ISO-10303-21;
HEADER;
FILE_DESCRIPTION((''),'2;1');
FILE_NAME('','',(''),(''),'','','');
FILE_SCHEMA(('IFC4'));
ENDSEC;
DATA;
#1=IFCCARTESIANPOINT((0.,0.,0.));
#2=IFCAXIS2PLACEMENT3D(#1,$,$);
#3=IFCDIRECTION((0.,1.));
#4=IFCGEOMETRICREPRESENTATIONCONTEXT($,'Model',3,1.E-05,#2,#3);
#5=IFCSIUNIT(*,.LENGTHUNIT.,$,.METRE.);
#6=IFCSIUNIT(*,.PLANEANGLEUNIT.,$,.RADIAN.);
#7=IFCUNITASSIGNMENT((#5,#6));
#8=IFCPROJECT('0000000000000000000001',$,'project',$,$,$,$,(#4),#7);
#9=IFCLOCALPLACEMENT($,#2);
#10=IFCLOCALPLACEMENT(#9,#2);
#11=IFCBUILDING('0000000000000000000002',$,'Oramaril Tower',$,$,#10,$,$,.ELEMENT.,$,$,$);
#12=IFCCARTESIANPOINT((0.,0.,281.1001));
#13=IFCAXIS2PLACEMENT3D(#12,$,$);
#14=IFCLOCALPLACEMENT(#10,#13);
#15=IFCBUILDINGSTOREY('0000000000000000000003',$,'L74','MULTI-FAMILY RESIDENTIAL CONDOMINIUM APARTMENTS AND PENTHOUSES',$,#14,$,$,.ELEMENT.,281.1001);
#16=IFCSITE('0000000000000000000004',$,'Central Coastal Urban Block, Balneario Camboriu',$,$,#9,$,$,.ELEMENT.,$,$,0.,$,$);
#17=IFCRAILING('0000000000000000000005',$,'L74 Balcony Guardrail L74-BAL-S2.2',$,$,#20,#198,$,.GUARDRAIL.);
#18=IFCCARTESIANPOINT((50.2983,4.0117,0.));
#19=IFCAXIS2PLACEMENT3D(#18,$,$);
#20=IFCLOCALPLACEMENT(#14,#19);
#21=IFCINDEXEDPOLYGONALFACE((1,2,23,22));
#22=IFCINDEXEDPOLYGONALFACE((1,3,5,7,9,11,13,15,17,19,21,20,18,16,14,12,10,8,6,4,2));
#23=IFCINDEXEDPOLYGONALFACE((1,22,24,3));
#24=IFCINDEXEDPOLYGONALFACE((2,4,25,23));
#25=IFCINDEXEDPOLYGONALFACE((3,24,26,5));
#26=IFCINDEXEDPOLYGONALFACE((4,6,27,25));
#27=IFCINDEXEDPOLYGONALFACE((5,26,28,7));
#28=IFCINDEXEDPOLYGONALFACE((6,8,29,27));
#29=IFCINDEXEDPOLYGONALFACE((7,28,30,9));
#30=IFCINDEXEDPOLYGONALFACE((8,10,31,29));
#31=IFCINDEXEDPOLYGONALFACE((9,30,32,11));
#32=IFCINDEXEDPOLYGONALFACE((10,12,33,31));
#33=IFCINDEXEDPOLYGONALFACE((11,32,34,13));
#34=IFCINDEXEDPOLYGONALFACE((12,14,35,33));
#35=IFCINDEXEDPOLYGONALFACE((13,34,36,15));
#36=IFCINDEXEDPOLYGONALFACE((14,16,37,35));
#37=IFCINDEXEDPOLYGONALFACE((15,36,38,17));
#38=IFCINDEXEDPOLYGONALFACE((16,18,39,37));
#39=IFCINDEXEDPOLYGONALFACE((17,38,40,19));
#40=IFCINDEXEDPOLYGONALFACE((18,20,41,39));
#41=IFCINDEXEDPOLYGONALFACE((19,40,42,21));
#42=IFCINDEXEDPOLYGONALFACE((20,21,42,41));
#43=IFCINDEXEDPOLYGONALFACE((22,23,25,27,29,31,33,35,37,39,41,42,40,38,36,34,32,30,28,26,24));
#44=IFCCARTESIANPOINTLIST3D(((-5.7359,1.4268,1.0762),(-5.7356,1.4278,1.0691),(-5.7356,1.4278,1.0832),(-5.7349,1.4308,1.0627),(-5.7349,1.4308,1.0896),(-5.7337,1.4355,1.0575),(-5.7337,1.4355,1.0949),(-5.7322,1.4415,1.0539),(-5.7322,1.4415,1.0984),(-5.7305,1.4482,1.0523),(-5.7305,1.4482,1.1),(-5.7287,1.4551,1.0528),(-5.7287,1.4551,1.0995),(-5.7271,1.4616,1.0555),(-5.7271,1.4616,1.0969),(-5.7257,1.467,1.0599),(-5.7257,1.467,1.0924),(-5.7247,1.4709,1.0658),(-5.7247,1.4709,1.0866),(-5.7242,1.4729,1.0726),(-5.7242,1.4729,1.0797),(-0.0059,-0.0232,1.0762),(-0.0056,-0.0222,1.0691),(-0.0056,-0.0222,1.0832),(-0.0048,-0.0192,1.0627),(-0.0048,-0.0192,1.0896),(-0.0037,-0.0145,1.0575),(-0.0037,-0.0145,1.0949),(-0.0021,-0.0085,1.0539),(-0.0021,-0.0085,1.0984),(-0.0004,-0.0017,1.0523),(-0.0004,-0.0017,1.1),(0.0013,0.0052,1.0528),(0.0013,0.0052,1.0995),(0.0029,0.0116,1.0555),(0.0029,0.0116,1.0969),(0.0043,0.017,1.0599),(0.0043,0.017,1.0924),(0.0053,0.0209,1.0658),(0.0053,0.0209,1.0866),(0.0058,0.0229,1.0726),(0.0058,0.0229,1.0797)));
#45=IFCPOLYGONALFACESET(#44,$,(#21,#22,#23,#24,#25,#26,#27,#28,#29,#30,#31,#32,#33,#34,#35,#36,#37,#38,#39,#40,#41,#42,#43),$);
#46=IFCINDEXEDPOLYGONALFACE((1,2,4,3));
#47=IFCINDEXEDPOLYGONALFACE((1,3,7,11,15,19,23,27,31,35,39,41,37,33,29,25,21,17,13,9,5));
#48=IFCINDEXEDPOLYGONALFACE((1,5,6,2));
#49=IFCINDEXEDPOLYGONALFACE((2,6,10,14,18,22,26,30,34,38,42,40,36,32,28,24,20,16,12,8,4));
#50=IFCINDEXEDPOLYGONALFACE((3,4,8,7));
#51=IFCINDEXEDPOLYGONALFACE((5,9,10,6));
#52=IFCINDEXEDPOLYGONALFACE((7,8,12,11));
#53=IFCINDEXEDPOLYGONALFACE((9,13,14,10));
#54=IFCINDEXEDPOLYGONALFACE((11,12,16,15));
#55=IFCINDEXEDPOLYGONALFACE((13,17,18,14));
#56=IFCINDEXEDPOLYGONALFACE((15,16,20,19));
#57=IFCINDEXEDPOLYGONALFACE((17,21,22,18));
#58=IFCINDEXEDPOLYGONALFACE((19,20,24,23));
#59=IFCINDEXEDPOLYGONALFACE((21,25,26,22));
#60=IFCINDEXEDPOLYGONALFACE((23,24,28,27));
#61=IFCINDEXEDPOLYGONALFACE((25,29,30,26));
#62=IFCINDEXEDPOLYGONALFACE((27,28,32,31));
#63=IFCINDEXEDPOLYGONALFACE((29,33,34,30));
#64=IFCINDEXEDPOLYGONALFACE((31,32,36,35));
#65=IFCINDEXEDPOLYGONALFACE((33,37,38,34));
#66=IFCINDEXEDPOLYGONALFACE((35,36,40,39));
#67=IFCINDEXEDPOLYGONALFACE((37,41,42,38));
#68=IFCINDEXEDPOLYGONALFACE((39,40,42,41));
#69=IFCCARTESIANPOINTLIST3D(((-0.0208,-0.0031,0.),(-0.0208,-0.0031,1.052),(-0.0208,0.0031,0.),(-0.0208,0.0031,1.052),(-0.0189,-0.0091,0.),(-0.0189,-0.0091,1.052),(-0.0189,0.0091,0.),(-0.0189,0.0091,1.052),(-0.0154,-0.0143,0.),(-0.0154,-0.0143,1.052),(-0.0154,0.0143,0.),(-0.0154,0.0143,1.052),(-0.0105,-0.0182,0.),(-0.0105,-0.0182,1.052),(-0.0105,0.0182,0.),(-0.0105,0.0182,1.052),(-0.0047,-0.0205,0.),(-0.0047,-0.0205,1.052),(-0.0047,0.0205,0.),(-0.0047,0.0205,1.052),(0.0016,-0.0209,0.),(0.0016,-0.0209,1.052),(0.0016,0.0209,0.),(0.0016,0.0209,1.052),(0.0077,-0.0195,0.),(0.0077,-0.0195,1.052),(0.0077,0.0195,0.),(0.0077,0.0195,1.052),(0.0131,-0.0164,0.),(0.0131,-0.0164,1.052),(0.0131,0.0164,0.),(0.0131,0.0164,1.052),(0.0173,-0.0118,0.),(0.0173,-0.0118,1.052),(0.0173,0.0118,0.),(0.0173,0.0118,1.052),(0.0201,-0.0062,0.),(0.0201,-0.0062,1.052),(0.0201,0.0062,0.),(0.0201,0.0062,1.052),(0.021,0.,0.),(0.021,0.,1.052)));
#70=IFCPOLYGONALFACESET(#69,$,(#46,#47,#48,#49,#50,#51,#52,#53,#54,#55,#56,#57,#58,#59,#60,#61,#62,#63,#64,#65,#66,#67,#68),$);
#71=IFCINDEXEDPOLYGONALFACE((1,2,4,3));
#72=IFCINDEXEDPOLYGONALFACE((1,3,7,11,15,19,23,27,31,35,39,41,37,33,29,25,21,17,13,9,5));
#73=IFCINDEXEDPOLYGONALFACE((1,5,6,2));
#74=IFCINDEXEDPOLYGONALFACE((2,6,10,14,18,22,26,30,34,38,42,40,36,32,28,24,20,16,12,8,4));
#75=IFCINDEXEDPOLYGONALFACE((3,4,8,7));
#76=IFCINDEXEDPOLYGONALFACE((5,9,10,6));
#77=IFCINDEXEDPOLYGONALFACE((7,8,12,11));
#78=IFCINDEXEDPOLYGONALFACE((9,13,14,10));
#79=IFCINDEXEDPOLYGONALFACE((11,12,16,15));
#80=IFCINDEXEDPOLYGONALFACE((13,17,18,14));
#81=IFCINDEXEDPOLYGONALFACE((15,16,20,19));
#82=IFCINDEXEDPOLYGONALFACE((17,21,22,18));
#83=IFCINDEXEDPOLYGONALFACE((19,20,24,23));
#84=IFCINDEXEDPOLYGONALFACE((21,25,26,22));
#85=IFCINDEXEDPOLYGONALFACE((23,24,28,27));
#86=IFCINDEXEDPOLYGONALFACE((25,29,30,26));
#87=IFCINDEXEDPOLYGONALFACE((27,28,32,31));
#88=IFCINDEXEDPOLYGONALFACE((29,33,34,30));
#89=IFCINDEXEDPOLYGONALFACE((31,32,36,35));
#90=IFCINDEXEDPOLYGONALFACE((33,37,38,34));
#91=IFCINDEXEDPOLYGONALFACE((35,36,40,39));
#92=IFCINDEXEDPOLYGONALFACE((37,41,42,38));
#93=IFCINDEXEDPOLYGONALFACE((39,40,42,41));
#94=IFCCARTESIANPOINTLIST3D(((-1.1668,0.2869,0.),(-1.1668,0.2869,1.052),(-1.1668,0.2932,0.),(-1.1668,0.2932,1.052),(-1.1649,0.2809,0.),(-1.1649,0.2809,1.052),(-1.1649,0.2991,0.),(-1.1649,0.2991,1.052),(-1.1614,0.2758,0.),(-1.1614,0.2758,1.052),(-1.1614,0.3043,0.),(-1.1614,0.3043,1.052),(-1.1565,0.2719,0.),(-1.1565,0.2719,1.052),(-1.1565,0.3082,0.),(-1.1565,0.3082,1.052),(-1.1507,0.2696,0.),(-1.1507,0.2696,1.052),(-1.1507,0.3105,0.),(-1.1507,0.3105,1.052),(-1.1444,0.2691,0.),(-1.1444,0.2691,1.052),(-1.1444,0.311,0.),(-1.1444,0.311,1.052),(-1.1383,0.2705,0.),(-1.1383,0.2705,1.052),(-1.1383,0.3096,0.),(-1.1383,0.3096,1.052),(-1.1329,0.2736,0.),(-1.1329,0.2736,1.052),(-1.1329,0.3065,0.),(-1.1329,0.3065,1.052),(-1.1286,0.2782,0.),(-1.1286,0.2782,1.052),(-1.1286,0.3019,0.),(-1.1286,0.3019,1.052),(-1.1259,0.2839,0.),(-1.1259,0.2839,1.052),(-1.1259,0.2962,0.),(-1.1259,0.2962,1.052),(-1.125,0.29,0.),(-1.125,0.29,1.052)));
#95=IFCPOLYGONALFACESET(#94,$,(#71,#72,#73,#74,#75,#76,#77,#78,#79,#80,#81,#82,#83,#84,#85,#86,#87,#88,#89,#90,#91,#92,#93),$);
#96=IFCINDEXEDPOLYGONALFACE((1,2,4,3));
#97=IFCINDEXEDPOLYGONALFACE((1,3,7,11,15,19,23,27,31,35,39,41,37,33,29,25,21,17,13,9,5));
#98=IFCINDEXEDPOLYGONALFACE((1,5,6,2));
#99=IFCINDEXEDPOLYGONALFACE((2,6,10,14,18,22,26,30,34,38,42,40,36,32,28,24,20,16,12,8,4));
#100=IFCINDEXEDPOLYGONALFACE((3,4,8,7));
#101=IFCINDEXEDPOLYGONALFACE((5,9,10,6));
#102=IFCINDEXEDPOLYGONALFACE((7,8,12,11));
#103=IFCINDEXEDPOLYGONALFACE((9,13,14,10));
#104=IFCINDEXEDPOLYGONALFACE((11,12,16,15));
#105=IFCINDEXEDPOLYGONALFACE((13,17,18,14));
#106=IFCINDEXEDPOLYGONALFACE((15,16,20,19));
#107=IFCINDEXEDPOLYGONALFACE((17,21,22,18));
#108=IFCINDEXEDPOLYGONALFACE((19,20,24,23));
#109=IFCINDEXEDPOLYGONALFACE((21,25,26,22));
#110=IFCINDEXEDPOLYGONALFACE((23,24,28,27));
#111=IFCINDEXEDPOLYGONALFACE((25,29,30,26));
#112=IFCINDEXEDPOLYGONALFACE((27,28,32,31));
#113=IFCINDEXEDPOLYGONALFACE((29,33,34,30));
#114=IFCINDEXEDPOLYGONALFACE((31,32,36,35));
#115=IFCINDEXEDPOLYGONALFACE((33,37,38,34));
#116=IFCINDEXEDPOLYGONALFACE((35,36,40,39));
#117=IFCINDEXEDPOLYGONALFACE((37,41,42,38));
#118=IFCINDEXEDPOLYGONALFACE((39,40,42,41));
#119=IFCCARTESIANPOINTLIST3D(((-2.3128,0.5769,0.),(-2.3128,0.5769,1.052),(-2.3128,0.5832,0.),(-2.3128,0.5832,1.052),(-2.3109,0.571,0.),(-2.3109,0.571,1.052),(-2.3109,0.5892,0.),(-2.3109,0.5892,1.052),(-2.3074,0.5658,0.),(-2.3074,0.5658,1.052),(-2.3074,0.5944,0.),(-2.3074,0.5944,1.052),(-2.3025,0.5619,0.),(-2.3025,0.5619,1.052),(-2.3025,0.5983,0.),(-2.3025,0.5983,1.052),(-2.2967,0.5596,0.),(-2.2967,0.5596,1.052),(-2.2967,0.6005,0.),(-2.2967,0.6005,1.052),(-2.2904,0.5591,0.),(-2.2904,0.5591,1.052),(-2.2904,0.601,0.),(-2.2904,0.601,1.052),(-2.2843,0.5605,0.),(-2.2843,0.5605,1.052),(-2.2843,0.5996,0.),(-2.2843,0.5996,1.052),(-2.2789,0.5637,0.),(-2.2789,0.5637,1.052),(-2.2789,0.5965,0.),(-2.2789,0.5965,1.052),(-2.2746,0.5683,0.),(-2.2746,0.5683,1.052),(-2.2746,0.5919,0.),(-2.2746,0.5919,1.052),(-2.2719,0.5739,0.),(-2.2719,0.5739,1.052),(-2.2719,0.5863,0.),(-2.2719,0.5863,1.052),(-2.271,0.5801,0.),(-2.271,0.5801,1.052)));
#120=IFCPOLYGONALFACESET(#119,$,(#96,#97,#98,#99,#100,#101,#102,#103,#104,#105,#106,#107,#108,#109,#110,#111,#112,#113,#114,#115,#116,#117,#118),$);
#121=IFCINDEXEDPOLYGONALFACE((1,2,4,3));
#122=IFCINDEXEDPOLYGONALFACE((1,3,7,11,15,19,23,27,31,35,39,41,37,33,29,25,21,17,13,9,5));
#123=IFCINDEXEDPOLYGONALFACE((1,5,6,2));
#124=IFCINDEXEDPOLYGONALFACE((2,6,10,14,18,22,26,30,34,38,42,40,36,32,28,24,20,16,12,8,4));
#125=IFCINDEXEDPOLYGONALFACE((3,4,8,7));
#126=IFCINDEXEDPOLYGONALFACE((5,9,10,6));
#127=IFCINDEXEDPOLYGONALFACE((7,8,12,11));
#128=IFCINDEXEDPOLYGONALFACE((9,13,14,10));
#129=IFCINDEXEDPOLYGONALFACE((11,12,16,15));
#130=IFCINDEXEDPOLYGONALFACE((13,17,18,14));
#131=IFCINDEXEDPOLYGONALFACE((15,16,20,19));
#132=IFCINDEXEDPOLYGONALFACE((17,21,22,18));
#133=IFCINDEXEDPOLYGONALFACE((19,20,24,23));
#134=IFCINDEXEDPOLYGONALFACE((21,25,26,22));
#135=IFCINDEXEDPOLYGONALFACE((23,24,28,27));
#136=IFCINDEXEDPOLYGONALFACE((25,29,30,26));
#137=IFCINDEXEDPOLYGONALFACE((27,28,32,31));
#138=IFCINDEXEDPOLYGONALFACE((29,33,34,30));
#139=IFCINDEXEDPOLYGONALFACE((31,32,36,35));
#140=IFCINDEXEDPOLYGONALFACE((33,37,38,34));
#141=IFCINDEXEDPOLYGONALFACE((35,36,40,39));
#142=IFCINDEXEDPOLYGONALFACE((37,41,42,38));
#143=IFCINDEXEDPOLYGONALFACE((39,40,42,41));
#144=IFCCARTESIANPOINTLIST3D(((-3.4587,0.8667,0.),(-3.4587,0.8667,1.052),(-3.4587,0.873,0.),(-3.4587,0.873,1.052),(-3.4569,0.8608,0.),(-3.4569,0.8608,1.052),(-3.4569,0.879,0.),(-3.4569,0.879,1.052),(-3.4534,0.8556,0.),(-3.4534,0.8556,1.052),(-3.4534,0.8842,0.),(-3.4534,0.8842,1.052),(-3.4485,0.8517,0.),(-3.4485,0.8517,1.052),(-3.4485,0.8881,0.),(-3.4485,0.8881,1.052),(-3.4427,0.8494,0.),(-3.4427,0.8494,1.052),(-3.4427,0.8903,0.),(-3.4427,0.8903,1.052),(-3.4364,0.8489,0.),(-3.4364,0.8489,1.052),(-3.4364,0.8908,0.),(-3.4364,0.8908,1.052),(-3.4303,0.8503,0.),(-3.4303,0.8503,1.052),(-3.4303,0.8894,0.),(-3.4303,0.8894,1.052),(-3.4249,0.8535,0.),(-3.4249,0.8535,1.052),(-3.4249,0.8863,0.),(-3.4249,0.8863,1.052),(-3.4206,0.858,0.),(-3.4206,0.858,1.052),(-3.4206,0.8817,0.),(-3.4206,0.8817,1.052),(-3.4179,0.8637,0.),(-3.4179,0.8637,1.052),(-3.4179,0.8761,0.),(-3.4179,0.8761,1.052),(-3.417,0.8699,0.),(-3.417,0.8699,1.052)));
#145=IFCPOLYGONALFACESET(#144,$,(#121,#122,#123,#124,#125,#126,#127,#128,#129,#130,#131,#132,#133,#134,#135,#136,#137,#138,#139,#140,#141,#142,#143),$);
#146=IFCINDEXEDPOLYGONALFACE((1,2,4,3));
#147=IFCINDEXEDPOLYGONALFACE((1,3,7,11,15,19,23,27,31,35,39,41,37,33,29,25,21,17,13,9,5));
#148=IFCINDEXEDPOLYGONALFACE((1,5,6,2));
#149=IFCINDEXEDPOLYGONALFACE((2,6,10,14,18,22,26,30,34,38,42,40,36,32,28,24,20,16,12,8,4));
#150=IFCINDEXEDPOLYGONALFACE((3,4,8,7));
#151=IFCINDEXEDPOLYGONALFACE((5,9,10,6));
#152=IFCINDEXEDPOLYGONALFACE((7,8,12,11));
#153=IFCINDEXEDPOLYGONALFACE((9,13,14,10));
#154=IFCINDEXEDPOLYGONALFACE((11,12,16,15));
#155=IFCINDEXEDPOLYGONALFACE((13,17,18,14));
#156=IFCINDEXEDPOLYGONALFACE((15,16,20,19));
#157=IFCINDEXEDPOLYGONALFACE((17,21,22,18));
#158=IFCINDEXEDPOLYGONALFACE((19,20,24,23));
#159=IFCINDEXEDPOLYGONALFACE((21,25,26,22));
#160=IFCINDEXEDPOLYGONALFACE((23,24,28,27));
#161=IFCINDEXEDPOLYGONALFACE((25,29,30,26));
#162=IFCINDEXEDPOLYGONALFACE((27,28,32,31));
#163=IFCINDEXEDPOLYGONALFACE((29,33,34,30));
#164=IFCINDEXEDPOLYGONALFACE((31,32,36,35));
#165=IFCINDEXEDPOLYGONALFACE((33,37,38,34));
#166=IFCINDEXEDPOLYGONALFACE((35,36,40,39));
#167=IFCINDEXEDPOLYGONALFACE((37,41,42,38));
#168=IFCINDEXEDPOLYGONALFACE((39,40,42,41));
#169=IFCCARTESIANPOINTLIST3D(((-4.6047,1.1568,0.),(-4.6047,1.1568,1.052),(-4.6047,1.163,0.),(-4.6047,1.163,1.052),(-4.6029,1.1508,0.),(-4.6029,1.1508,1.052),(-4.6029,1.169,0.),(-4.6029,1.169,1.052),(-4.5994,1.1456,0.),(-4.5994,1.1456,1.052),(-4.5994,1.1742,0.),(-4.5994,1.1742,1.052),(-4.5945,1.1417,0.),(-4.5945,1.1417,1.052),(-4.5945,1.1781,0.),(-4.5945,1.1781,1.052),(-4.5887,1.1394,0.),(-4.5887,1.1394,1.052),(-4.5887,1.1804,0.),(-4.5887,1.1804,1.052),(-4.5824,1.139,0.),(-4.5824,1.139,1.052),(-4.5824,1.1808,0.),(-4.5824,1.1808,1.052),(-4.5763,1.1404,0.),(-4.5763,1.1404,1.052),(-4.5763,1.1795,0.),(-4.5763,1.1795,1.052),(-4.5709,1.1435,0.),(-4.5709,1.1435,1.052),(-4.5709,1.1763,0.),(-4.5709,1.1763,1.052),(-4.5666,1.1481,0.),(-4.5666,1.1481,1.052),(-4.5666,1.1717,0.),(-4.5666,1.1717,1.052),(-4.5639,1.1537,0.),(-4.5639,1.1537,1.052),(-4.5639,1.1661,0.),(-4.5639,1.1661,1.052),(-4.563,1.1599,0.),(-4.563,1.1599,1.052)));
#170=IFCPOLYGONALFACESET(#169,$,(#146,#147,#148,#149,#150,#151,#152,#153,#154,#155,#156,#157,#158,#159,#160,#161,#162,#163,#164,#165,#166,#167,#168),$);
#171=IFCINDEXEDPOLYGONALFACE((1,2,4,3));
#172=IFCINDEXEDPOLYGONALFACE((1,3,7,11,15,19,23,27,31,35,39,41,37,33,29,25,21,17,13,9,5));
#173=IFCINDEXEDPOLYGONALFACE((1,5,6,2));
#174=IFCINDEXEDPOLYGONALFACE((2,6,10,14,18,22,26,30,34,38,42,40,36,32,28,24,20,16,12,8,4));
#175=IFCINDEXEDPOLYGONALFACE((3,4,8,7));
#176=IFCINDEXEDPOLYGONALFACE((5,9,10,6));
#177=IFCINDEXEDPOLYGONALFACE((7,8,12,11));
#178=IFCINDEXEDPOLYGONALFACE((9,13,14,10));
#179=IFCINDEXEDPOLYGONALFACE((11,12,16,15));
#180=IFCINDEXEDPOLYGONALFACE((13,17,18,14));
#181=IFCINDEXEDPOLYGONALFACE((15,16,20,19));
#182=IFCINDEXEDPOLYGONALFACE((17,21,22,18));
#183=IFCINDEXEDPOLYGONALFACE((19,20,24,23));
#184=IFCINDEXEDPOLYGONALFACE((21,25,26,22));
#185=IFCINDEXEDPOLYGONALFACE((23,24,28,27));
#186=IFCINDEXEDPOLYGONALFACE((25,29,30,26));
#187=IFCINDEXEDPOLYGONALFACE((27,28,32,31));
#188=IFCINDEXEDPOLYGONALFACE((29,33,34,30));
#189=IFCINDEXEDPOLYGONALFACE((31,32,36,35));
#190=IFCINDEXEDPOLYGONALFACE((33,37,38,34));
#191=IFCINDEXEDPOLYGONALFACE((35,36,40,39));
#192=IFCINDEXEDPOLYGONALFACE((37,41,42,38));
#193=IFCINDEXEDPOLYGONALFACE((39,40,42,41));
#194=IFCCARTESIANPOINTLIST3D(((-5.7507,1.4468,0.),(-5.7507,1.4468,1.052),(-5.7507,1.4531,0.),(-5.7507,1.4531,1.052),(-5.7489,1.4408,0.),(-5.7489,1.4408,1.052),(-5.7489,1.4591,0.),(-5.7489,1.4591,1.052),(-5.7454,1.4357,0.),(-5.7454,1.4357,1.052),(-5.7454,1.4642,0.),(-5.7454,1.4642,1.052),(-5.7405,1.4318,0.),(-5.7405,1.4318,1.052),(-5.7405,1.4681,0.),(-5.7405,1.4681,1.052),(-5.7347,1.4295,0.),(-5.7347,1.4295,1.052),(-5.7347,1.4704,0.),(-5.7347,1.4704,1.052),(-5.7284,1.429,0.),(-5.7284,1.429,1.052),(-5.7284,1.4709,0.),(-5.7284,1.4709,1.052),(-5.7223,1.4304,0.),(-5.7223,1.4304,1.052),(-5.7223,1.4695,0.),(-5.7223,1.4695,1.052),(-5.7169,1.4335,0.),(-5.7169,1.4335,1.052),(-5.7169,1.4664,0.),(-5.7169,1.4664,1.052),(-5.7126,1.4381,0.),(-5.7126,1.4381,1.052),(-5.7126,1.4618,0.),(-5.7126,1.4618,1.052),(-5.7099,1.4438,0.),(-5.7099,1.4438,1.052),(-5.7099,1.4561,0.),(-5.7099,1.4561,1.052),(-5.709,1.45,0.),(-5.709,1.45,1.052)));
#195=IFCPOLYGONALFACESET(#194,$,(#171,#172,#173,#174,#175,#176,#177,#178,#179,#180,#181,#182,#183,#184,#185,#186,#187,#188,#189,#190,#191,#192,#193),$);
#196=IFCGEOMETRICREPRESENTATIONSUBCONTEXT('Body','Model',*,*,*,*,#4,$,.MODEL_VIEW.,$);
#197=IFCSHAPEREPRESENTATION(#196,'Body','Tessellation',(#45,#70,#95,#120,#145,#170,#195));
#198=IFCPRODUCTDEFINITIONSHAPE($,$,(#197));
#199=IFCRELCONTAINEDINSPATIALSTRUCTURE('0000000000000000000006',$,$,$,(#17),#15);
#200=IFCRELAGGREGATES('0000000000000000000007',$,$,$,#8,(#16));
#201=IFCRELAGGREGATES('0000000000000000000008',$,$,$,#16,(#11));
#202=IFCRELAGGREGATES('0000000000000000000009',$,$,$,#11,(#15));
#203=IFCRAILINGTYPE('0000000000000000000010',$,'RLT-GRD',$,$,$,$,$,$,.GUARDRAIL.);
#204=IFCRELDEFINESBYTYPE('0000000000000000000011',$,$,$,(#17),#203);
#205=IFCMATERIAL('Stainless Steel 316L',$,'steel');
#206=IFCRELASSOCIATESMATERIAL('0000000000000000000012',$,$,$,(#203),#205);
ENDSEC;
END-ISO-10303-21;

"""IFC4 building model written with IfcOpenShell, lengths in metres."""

from ifc_helpers import new_model, si_unit, direction, frame, origin, origin_2d, place, context, subcontext, project, spatial, circle, extrude, material, type_object, element, save


model = new_model("IFC4")

# Units and contexts
model_context = context("Model", 3, precision=1e-05, world=origin(), true_north=direction((0.0, 1.0)))
body_context = subcontext(model_context, "Body", "Model", "MODEL_VIEW")
ifc_project = project(units=[si_unit("LENGTHUNIT", "METRE"), si_unit("PLANEANGLEUNIT", "RADIAN")], contexts=[model_context])

# Site, building, storey
site_placement = place(None, origin())
site = spatial("IfcSite", under=ifc_project, at=site_placement, Name="Central Coastal Urban Block, Balneario Camboriu", CompositionType="ELEMENT", RefElevation=0.0)
building_placement = place(site_placement, origin())
building = spatial("IfcBuilding", under=site, at=building_placement, Name="Oramaril Tower", CompositionType="ELEMENT")
storey_placement = place(building_placement, frame((0.0, 0.0, 281.1001)))
storey = spatial("IfcBuildingStorey", under=building, at=storey_placement, Name="L74", Description="MULTI-FAMILY RESIDENTIAL CONDOMINIUM APARTMENTS AND PENTHOUSES", CompositionType="ELEMENT", Elevation=281.1001)

# Railing
ifc_material_1 = material(Name="Stainless Steel 316L", Category="steel")
railing_type = type_object("IfcRailingType", Name="RLT-GRD", PredefinedType="GUARDRAIL", material=ifc_material_1)
railing_1_placement = place(storey_placement, frame((50.2983, 4.0117, 0.0)))
element("IfcRailing", 1, at=railing_1_placement, inside=storey, type_object=railing_type, Name="L74 Balcony Guardrail L74-BAL-S2.2", PredefinedType="GUARDRAIL", context=body_context, shape_type="SweptSolid", body=[
    extrude(circle(Radius=0.0239, at=origin_2d()), frame((0.0, 0.0, 1.0762), z_axis=(-0.969444, 0.245314, 0.0), x_axis=(-0.245314, -0.969444, 0.0)), (0.0, 0.0, 1.0), 5.9106),
    extrude(circle(Radius=0.021, at=origin_2d()), origin(), (0.0, 0.0, 1.0), 1.052),
    extrude(circle(Radius=0.021, at=origin_2d()), frame((-1.146, 0.29, 0.0)), (0.0, 0.0, 1.0), 1.052),
    extrude(circle(Radius=0.021, at=origin_2d()), frame((-2.292, 0.5801, 0.0)), (0.0, 0.0, 1.0), 1.052),
    extrude(circle(Radius=0.021, at=origin_2d()), frame((-3.438, 0.8699, 0.0)), (0.0, 0.0, 1.0), 1.052),
    extrude(circle(Radius=0.021, at=origin_2d()), frame((-4.584, 1.1599, 0.0)), (0.0, 0.0, 1.0), 1.052),
    extrude(circle(Radius=0.021, at=origin_2d()), frame((-5.73, 1.45, 0.0)), (0.0, 0.0, 1.0), 1.052),
])

save(model, "model.ifc")
